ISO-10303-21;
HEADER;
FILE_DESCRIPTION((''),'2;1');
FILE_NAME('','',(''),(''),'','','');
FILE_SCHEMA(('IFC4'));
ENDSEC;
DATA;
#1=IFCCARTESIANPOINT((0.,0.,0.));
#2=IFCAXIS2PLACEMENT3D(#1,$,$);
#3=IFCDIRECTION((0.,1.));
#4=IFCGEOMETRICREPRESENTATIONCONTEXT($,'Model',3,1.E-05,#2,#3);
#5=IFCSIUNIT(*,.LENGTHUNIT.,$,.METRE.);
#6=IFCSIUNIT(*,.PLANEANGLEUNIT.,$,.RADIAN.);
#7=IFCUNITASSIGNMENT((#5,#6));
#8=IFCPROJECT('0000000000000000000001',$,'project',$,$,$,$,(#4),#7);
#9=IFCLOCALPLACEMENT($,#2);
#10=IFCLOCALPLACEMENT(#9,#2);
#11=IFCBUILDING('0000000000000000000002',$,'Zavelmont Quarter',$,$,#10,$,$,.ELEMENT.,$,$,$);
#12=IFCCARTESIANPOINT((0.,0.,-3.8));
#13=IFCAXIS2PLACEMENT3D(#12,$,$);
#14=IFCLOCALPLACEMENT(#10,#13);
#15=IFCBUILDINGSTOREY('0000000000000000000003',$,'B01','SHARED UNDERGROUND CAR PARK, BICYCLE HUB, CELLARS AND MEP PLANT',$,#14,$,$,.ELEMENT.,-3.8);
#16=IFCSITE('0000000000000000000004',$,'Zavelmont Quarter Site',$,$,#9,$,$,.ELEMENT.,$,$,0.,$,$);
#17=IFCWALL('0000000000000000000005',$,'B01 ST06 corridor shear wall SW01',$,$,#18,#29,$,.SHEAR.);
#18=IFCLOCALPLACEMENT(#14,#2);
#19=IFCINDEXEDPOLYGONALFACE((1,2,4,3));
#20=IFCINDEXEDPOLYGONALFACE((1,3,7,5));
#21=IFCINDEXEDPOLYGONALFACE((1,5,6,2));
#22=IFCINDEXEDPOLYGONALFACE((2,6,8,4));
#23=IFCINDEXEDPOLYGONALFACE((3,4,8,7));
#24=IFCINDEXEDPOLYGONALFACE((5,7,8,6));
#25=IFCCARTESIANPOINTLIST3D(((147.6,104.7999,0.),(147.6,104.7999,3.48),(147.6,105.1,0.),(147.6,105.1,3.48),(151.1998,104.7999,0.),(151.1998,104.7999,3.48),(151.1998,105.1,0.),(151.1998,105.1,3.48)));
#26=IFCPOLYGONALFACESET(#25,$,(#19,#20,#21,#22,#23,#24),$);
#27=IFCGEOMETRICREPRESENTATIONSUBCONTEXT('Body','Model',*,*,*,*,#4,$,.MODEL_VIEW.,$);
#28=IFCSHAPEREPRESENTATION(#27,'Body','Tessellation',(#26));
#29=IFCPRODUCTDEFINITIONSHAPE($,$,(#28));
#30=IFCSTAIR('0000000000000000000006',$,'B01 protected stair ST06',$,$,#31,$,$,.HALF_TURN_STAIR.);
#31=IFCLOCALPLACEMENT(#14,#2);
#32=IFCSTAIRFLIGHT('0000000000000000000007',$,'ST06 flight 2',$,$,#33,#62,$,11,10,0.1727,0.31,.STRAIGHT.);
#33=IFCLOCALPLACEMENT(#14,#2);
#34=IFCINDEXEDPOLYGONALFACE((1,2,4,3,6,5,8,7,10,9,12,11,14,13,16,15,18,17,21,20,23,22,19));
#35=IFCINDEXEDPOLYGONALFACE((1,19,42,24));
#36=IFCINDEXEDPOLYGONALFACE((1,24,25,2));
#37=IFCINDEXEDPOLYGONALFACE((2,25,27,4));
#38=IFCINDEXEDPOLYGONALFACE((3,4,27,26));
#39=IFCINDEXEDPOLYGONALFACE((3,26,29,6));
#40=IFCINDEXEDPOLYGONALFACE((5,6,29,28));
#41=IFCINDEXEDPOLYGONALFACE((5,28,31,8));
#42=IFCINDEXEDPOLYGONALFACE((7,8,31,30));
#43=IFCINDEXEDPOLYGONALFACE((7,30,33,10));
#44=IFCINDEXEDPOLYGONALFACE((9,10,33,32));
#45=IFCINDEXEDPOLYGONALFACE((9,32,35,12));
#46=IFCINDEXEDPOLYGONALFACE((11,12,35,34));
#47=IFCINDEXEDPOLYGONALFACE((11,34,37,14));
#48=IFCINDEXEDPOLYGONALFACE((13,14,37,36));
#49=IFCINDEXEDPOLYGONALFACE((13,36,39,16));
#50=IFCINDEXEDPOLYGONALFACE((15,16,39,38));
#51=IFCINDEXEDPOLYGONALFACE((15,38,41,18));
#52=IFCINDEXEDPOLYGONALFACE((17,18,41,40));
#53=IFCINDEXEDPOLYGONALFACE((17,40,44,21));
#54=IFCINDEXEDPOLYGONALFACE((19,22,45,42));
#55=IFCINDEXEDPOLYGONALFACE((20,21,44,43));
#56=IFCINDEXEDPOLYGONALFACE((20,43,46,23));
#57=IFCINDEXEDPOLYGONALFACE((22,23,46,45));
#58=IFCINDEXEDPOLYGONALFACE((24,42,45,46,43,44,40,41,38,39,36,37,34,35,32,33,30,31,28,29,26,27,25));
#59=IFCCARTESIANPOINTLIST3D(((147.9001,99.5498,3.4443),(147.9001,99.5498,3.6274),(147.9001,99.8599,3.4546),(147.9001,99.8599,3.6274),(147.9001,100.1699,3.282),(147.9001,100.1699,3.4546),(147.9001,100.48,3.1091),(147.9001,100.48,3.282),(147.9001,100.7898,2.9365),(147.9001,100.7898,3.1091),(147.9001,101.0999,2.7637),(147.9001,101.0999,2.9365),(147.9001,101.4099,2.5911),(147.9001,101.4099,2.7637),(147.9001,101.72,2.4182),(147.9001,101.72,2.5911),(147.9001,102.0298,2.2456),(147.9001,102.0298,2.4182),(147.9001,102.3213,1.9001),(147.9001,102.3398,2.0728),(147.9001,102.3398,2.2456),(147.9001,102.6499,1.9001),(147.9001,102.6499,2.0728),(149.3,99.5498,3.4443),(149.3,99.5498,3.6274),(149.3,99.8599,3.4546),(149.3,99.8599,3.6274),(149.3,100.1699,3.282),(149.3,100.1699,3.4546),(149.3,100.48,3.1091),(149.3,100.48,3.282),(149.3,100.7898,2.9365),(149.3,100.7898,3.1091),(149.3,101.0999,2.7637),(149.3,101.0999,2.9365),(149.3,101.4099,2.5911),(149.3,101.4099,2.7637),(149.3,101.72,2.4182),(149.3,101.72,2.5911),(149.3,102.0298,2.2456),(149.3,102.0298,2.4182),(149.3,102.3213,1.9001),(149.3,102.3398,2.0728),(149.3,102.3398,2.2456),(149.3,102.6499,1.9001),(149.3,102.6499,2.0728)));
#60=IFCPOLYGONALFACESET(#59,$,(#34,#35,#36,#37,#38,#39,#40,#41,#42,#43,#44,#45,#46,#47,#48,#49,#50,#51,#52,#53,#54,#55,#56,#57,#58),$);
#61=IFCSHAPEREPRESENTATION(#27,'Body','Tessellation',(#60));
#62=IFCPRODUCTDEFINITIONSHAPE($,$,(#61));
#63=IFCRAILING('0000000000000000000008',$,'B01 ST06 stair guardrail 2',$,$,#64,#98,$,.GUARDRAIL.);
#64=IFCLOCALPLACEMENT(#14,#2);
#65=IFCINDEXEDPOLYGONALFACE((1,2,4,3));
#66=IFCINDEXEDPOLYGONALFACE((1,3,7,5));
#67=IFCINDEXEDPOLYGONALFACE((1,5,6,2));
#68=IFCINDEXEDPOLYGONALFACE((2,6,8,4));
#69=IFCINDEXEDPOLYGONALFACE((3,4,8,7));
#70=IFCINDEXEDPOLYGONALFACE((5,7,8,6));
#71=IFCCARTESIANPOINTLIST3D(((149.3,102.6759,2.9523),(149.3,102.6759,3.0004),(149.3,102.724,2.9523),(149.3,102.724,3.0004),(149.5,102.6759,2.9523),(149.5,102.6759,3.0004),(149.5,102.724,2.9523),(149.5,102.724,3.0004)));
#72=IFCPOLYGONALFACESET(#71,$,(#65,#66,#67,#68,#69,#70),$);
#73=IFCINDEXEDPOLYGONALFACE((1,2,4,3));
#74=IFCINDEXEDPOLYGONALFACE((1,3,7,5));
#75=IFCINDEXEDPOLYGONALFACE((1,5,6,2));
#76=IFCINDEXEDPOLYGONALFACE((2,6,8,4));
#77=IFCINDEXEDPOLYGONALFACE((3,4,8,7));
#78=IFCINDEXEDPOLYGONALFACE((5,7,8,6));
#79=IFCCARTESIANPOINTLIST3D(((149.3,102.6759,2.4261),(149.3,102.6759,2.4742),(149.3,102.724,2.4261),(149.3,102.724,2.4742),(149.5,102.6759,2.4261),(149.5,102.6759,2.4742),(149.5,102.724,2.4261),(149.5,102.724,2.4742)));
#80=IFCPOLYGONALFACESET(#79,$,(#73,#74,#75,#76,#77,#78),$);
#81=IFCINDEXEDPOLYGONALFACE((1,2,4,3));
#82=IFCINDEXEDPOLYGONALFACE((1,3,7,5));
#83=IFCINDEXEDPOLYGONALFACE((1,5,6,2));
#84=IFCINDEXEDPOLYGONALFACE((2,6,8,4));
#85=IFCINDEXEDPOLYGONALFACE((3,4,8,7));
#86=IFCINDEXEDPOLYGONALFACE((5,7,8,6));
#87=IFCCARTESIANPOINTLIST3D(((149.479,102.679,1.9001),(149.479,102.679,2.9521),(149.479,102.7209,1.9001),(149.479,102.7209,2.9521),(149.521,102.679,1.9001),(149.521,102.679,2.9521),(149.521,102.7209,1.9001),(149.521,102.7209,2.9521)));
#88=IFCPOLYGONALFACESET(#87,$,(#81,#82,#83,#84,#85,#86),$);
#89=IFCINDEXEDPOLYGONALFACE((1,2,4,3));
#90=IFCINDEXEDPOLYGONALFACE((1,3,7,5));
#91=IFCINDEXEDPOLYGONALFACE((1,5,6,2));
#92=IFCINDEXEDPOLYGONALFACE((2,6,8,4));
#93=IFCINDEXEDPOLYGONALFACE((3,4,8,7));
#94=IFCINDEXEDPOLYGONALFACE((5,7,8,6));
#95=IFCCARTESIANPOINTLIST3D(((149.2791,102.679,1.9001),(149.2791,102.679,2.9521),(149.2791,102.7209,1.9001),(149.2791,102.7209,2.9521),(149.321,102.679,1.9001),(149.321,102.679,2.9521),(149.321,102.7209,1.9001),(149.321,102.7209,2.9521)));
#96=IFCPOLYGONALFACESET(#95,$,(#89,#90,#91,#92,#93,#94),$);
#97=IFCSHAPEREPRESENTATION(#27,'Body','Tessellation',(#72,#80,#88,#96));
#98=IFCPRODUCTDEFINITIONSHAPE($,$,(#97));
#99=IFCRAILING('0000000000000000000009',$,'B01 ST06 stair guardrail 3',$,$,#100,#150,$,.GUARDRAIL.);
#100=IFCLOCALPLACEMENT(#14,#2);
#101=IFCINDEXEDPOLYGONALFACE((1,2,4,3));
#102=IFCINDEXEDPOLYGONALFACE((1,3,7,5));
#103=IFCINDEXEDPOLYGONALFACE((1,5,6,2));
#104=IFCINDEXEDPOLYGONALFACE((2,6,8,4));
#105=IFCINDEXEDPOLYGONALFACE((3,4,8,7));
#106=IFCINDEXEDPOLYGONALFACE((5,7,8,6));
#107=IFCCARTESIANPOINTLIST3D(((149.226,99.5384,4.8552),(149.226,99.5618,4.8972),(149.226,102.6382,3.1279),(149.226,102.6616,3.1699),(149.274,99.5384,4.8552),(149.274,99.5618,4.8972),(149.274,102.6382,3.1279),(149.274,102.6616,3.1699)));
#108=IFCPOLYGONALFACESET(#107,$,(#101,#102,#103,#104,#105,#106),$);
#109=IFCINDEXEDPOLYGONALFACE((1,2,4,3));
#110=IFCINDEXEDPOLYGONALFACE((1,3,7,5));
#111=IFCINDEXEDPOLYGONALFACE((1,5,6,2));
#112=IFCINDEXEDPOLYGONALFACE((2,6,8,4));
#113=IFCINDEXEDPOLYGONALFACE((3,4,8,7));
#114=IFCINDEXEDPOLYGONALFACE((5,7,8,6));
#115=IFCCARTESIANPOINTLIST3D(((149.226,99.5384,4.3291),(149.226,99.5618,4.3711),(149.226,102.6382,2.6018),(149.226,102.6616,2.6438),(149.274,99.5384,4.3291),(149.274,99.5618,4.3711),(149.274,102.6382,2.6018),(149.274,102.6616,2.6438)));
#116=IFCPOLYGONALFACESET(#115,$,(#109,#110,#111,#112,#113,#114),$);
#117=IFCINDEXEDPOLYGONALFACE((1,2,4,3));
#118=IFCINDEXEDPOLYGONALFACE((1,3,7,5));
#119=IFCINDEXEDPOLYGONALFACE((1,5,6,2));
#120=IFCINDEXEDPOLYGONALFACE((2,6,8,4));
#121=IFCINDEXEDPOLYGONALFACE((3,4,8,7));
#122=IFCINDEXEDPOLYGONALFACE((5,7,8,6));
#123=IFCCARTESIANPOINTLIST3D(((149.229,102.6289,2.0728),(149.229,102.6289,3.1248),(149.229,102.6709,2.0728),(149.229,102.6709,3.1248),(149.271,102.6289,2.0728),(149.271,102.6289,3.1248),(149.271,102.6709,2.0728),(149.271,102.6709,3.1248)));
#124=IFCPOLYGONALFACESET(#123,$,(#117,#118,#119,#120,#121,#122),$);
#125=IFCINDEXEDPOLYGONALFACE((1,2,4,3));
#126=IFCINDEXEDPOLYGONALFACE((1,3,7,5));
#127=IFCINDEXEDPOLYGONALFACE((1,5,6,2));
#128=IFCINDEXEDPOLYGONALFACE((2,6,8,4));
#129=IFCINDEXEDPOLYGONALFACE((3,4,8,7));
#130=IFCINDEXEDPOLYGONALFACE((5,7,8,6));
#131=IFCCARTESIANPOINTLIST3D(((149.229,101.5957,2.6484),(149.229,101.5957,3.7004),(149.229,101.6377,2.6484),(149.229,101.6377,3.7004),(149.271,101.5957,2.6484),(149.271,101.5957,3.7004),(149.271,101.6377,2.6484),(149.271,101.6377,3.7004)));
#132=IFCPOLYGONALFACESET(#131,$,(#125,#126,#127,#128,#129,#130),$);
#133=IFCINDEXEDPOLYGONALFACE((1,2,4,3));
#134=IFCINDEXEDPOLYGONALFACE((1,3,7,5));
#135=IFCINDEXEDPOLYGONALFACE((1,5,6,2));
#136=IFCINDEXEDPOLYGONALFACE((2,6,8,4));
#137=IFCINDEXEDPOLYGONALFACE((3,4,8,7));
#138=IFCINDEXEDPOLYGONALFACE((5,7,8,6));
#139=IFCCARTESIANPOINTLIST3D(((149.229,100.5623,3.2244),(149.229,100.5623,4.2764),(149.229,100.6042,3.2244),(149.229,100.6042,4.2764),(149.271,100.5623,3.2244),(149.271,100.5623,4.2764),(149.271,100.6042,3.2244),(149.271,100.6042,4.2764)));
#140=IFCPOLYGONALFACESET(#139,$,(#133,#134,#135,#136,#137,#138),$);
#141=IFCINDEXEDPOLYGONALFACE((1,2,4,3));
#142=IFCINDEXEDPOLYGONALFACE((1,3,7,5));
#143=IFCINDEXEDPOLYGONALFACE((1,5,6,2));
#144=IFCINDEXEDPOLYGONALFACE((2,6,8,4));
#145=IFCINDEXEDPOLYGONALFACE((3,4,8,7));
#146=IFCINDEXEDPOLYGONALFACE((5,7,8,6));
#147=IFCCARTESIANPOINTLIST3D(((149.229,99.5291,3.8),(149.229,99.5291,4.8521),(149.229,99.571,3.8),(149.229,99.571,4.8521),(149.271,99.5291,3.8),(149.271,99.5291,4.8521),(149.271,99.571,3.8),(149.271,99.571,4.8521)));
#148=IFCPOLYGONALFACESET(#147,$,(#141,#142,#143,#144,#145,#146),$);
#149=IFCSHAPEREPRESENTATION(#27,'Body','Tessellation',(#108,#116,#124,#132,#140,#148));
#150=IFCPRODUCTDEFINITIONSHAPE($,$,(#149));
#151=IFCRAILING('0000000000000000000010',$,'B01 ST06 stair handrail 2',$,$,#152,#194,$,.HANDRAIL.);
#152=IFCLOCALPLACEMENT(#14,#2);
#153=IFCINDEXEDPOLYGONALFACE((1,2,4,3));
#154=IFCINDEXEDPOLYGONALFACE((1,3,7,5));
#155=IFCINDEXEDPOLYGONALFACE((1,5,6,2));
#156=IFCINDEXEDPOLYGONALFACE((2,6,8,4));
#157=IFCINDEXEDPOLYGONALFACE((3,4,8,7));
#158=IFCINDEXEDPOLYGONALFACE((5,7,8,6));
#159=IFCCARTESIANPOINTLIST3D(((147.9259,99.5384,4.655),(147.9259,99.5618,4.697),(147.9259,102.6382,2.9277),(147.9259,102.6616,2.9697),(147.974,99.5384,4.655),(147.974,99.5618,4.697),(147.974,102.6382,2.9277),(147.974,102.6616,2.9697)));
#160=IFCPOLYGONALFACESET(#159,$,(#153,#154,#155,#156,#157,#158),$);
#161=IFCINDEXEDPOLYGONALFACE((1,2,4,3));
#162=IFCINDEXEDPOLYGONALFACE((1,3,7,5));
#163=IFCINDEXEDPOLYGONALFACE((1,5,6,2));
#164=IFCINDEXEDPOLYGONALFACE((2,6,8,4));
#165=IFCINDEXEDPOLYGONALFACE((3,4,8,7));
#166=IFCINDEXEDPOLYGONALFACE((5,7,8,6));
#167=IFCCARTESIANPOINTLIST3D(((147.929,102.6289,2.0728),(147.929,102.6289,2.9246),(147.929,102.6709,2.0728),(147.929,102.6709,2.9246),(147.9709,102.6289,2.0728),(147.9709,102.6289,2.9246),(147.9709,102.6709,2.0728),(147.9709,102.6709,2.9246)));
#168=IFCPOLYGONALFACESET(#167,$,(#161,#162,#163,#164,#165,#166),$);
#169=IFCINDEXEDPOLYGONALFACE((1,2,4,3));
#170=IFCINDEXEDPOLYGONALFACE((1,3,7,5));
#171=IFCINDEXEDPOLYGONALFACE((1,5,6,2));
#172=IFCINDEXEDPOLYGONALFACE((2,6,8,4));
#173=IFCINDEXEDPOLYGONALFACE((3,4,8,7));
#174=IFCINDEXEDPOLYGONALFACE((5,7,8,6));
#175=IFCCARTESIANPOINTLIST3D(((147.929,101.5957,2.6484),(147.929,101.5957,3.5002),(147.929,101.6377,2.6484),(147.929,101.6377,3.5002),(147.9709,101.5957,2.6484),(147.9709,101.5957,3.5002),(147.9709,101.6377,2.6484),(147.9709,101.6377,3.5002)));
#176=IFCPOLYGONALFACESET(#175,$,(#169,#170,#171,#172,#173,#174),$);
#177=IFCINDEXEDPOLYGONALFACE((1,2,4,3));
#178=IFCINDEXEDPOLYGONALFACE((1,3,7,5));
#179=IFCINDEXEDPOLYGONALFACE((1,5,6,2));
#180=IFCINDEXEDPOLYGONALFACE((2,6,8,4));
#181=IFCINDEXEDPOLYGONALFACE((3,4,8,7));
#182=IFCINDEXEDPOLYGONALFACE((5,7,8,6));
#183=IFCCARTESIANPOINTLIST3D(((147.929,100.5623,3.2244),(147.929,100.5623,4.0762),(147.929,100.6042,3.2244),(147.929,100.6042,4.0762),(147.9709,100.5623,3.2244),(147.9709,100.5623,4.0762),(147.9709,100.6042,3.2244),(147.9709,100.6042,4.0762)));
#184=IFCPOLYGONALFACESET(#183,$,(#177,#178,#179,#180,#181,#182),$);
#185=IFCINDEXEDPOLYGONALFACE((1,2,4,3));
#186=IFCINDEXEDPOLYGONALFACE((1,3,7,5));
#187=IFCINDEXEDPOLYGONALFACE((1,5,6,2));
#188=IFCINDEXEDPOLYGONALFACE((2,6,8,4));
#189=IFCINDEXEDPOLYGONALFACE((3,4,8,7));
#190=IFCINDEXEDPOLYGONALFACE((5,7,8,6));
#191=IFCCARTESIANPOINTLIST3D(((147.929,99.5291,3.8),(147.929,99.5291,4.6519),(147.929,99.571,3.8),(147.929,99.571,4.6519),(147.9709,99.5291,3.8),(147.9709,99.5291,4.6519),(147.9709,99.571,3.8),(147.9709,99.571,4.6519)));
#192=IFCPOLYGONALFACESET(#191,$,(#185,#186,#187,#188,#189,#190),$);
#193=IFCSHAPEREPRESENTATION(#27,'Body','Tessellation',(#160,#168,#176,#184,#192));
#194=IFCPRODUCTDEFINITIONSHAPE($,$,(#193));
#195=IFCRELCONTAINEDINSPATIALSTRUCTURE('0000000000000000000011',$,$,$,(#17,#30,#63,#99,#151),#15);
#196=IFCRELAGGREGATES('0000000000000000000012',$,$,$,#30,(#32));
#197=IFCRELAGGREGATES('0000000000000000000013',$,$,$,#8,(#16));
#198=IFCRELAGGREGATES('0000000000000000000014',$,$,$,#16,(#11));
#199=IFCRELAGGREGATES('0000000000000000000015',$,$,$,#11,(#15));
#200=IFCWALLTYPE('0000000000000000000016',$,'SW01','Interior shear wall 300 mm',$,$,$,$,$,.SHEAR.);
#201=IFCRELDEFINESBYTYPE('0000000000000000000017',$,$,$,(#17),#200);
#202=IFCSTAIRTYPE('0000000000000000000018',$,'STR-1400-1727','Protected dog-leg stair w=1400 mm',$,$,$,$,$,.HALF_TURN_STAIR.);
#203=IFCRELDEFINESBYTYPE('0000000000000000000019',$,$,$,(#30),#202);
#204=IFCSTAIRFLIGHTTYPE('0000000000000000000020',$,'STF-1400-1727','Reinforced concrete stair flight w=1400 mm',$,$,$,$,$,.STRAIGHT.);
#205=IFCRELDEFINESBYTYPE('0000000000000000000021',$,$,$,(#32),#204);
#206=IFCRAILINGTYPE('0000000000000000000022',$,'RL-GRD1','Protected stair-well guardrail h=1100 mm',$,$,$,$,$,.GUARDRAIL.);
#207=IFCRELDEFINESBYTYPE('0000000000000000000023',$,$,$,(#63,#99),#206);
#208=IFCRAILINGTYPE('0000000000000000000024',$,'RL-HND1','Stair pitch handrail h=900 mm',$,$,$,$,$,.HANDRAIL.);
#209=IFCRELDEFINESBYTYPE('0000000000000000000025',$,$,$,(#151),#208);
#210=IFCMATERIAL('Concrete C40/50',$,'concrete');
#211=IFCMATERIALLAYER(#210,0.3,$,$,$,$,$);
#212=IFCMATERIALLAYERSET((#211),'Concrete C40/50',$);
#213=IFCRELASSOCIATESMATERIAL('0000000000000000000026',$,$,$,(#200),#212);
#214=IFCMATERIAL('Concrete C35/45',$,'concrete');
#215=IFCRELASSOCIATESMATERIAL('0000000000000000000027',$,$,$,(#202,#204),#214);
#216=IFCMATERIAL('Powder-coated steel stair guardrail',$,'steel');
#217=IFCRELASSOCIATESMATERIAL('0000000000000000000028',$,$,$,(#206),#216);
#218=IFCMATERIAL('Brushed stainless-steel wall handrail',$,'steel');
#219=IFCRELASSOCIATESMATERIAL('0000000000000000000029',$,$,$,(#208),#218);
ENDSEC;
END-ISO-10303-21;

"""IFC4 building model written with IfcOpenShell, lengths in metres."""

from ifc_helpers import new_model, si_unit, direction, frame, frame_2d, origin, origin_2d, place, context, subcontext, project, spatial, polyline, rectangle, outline, extrude, material, layer, layer_set, type_object, element, aggregate, save


model = new_model("IFC4")

# Units and contexts
model_context = context("Model", 3, precision=1e-05, world=origin(), true_north=direction((0.0, 1.0)))
body_context = subcontext(model_context, "Body", "Model", "MODEL_VIEW")
ifc_project = project(units=[si_unit("LENGTHUNIT", "METRE"), si_unit("PLANEANGLEUNIT", "RADIAN")], contexts=[model_context])

# Site, building, storey
site_placement = place(None, origin())
site = spatial("IfcSite", under=ifc_project, at=site_placement, Name="Zavelmont Quarter Site", CompositionType="ELEMENT", RefElevation=0.0)
building_placement = place(site_placement, origin())
building = spatial("IfcBuilding", under=site, at=building_placement, Name="Zavelmont Quarter", CompositionType="ELEMENT")
storey_placement = place(building_placement, frame((0.0, 0.0, -3.8)))
storey = spatial("IfcBuildingStorey", under=building, at=storey_placement, Name="B01", Description="SHARED UNDERGROUND CAR PARK, BICYCLE HUB, CELLARS AND MEP PLANT", CompositionType="ELEMENT", Elevation=-3.8)

# Shared definitions
ifc_material_1 = material(Name="Concrete C35/45", Category="concrete")

# Shared definitions
ifc_material_2 = material(Name="Concrete C40/50", Category="concrete")

# Wall
ifc_layer_1 = layer(ifc_material_2, 0.3)
ifc_layer_set_1 = layer_set([ifc_layer_1], Name="Concrete C40/50")
wall_type_1 = type_object("IfcWallType", Name="SW01", Description="Interior shear wall 300 mm", PredefinedType="SHEAR", material=ifc_layer_set_1)
wall_1_placement = place(storey_placement, frame((147.6001, 104.95, 0.0), z_axis=(0.0, 0.0, 1.0), x_axis=(1.0, 0.0, 0.0)))
element("IfcWall", 1, at=wall_1_placement, inside=storey, type_object=wall_type_1, Name="B01 ST06 corridor shear wall SW01", PredefinedType="SHEAR", context=body_context, shape_type="SweptSolid", body=[
    extrude(rectangle(XDim=3.5999, YDim=0.3, at=frame_2d((1.7998, 0.0))), origin(), (0.0, 0.0, 1.0), 3.48),
])

# Stair, stair flight
stair_type = type_object("IfcStairType", Name="STR-1400-1727", Description="Protected dog-leg stair w=1400 mm", PredefinedType="HALF_TURN_STAIR", material=ifc_material_1)
stair_placement = place(storey_placement, origin())
stair = element("IfcStair", 2, at=stair_placement, inside=storey, type_object=stair_type, Name="B01 protected stair ST06", PredefinedType="HALF_TURN_STAIR")
stair_flight_type = type_object("IfcStairFlightType", Name="STF-1400-1727", Description="Reinforced concrete stair flight w=1400 mm", PredefinedType="STRAIGHT", material=ifc_material_1)
stair_flight_placement = place(storey_placement, frame((148.6001, 102.6499, 1.9001), z_axis=(0.0, 0.0, 1.0), x_axis=(0.0, -1.0, 0.0)))
stair_flight = element("IfcStairFlight", 3, at=stair_flight_placement, type_object=stair_flight_type, Name="ST06 flight 2", NumberOfRisers=11, NumberOfTreads=10, PredefinedType="STRAIGHT", RiserHeight=0.1727, TreadLength=0.31, context=body_context, shape_type="SweptSolid", body=[
    extrude(outline(polyline([(0.0, 0.0), (0.0, 0.1726), (0.3101, 0.1726), (0.3101, 0.3455), (0.6201, 0.3455), (0.6201, 0.5181), (0.9299, 0.5181), (0.9299, 0.6909), (1.24, 0.6909), (1.24, 0.8635), (1.55, 0.8635), (1.55, 1.0364), (1.8601, 1.0364), (1.8601, 1.209), (2.1699, 1.209), (2.1699, 1.3818), (2.48, 1.3818), (2.48, 1.5544), (2.79, 1.5544), (2.79, 1.7273), (3.1001, 1.7273), (3.1001, 1.8999), (3.1001, 1.5442), (0.3286, 0.0), (0.0, 0.0)])), frame((0.0, 0.7, 0.0), z_axis=(0.0, -1.0, 0.0), x_axis=(1.0, 0.0, 0.0)), (0.0, 0.0, 1.0), 1.3999),
])
aggregate(stair, [stair_flight])

# Railings
ifc_material_3 = material(Name="Powder-coated steel stair guardrail", Category="steel")
railing_type_1 = type_object("IfcRailingType", Name="RL-GRD1", Description="Protected stair-well guardrail h=1100 mm", PredefinedType="GUARDRAIL", material=ifc_material_3)
railing_1_placement = place(storey_placement, frame((149.5, 102.7, 1.9001)))
element("IfcRailing", 4, at=railing_1_placement, inside=storey, type_object=railing_type_1, Name="B01 ST06 stair guardrail 2", PredefinedType="GUARDRAIL", context=body_context, shape_type="SweptSolid", body=[
    extrude(rectangle(XDim=0.0481, YDim=0.0481, at=origin_2d()), frame((0.0, 0.0, 1.0762), z_axis=(-1.0, 0.0, 0.0), x_axis=(0.0, -1.0, 0.0)), (0.0, 0.0, 1.0), 0.2),
    extrude(rectangle(XDim=0.0481, YDim=0.0481, at=origin_2d()), frame((0.0, 0.0, 0.55), z_axis=(-1.0, 0.0, 0.0), x_axis=(0.0, -1.0, 0.0)), (0.0, 0.0, 1.0), 0.2),
    extrude(rectangle(XDim=0.042, YDim=0.042, at=origin_2d()), origin(), (0.0, 0.0, 1.0), 1.052),
    extrude(rectangle(XDim=0.042, YDim=0.042, at=origin_2d()), frame((-0.2, 0.0, 0.0)), (0.0, 0.0, 1.0), 1.052),
])
railing_2_placement = place(storey_placement, frame((149.25, 102.6499, 2.0728)))
element("IfcRailing", 5, at=railing_2_placement, inside=storey, type_object=railing_type_1, Name="B01 ST06 stair guardrail 3", PredefinedType="GUARDRAIL", context=body_context, shape_type="SweptSolid", body=[
    extrude(rectangle(XDim=0.0481, YDim=0.0481, at=origin_2d()), frame((0.0, 0.0, 1.0762), z_axis=(0.0, -0.87354, 0.486752), x_axis=(1.0, 0.0, 0.0)), (0.0, 0.0, 1.0), 3.5486),
    extrude(rectangle(XDim=0.0481, YDim=0.0481, at=origin_2d()), frame((0.0, 0.0, 0.55), z_axis=(0.0, -0.87354, 0.486752), x_axis=(1.0, 0.0, 0.0)), (0.0, 0.0, 1.0), 3.5486),
    extrude(rectangle(XDim=0.042, YDim=0.042, at=origin_2d()), origin(), (0.0, 0.0, 1.0), 1.052),
    extrude(rectangle(XDim=0.042, YDim=0.042, at=origin_2d()), frame((0.0, -1.0332, 0.5757)), (0.0, 0.0, 1.0), 1.052),
    extrude(rectangle(XDim=0.042, YDim=0.042, at=origin_2d()), frame((0.0, -2.0667, 1.1516)), (0.0, 0.0, 1.0), 1.052),
    extrude(rectangle(XDim=0.042, YDim=0.042, at=origin_2d()), frame((0.0, -3.0999, 1.7273)), (0.0, 0.0, 1.0), 1.052),
])
ifc_material_4 = material(Name="Brushed stainless-steel wall handrail", Category="steel")
railing_type_2 = type_object("IfcRailingType", Name="RL-HND1", Description="Stair pitch handrail h=900 mm", PredefinedType="HANDRAIL", material=ifc_material_4)
railing_3_placement = place(storey_placement, frame((147.95, 102.6499, 2.0728)))
element("IfcRailing", 6, at=railing_3_placement, inside=storey, type_object=railing_type_2, Name="B01 ST06 stair handrail 2", PredefinedType="HANDRAIL", context=body_context, shape_type="SweptSolid", body=[
    extrude(rectangle(XDim=0.0481, YDim=0.0481, at=origin_2d()), frame((0.0, 0.0, 0.876), z_axis=(0.0, -0.87354, 0.486752), x_axis=(1.0, 0.0, 0.0)), (0.0, 0.0, 1.0), 3.5486),
    extrude(rectangle(XDim=0.042, YDim=0.042, at=origin_2d()), origin(), (0.0, 0.0, 1.0), 0.8518),
    extrude(rectangle(XDim=0.042, YDim=0.042, at=origin_2d()), frame((0.0, -1.0332, 0.5757)), (0.0, 0.0, 1.0), 0.8518),
    extrude(rectangle(XDim=0.042, YDim=0.042, at=origin_2d()), frame((0.0, -2.0667, 1.1516)), (0.0, 0.0, 1.0), 0.8518),
    extrude(rectangle(XDim=0.042, YDim=0.042, at=origin_2d()), frame((0.0, -3.0999, 1.7273)), (0.0, 0.0, 1.0), 0.8518),
])

save(model, "model.ifc")
